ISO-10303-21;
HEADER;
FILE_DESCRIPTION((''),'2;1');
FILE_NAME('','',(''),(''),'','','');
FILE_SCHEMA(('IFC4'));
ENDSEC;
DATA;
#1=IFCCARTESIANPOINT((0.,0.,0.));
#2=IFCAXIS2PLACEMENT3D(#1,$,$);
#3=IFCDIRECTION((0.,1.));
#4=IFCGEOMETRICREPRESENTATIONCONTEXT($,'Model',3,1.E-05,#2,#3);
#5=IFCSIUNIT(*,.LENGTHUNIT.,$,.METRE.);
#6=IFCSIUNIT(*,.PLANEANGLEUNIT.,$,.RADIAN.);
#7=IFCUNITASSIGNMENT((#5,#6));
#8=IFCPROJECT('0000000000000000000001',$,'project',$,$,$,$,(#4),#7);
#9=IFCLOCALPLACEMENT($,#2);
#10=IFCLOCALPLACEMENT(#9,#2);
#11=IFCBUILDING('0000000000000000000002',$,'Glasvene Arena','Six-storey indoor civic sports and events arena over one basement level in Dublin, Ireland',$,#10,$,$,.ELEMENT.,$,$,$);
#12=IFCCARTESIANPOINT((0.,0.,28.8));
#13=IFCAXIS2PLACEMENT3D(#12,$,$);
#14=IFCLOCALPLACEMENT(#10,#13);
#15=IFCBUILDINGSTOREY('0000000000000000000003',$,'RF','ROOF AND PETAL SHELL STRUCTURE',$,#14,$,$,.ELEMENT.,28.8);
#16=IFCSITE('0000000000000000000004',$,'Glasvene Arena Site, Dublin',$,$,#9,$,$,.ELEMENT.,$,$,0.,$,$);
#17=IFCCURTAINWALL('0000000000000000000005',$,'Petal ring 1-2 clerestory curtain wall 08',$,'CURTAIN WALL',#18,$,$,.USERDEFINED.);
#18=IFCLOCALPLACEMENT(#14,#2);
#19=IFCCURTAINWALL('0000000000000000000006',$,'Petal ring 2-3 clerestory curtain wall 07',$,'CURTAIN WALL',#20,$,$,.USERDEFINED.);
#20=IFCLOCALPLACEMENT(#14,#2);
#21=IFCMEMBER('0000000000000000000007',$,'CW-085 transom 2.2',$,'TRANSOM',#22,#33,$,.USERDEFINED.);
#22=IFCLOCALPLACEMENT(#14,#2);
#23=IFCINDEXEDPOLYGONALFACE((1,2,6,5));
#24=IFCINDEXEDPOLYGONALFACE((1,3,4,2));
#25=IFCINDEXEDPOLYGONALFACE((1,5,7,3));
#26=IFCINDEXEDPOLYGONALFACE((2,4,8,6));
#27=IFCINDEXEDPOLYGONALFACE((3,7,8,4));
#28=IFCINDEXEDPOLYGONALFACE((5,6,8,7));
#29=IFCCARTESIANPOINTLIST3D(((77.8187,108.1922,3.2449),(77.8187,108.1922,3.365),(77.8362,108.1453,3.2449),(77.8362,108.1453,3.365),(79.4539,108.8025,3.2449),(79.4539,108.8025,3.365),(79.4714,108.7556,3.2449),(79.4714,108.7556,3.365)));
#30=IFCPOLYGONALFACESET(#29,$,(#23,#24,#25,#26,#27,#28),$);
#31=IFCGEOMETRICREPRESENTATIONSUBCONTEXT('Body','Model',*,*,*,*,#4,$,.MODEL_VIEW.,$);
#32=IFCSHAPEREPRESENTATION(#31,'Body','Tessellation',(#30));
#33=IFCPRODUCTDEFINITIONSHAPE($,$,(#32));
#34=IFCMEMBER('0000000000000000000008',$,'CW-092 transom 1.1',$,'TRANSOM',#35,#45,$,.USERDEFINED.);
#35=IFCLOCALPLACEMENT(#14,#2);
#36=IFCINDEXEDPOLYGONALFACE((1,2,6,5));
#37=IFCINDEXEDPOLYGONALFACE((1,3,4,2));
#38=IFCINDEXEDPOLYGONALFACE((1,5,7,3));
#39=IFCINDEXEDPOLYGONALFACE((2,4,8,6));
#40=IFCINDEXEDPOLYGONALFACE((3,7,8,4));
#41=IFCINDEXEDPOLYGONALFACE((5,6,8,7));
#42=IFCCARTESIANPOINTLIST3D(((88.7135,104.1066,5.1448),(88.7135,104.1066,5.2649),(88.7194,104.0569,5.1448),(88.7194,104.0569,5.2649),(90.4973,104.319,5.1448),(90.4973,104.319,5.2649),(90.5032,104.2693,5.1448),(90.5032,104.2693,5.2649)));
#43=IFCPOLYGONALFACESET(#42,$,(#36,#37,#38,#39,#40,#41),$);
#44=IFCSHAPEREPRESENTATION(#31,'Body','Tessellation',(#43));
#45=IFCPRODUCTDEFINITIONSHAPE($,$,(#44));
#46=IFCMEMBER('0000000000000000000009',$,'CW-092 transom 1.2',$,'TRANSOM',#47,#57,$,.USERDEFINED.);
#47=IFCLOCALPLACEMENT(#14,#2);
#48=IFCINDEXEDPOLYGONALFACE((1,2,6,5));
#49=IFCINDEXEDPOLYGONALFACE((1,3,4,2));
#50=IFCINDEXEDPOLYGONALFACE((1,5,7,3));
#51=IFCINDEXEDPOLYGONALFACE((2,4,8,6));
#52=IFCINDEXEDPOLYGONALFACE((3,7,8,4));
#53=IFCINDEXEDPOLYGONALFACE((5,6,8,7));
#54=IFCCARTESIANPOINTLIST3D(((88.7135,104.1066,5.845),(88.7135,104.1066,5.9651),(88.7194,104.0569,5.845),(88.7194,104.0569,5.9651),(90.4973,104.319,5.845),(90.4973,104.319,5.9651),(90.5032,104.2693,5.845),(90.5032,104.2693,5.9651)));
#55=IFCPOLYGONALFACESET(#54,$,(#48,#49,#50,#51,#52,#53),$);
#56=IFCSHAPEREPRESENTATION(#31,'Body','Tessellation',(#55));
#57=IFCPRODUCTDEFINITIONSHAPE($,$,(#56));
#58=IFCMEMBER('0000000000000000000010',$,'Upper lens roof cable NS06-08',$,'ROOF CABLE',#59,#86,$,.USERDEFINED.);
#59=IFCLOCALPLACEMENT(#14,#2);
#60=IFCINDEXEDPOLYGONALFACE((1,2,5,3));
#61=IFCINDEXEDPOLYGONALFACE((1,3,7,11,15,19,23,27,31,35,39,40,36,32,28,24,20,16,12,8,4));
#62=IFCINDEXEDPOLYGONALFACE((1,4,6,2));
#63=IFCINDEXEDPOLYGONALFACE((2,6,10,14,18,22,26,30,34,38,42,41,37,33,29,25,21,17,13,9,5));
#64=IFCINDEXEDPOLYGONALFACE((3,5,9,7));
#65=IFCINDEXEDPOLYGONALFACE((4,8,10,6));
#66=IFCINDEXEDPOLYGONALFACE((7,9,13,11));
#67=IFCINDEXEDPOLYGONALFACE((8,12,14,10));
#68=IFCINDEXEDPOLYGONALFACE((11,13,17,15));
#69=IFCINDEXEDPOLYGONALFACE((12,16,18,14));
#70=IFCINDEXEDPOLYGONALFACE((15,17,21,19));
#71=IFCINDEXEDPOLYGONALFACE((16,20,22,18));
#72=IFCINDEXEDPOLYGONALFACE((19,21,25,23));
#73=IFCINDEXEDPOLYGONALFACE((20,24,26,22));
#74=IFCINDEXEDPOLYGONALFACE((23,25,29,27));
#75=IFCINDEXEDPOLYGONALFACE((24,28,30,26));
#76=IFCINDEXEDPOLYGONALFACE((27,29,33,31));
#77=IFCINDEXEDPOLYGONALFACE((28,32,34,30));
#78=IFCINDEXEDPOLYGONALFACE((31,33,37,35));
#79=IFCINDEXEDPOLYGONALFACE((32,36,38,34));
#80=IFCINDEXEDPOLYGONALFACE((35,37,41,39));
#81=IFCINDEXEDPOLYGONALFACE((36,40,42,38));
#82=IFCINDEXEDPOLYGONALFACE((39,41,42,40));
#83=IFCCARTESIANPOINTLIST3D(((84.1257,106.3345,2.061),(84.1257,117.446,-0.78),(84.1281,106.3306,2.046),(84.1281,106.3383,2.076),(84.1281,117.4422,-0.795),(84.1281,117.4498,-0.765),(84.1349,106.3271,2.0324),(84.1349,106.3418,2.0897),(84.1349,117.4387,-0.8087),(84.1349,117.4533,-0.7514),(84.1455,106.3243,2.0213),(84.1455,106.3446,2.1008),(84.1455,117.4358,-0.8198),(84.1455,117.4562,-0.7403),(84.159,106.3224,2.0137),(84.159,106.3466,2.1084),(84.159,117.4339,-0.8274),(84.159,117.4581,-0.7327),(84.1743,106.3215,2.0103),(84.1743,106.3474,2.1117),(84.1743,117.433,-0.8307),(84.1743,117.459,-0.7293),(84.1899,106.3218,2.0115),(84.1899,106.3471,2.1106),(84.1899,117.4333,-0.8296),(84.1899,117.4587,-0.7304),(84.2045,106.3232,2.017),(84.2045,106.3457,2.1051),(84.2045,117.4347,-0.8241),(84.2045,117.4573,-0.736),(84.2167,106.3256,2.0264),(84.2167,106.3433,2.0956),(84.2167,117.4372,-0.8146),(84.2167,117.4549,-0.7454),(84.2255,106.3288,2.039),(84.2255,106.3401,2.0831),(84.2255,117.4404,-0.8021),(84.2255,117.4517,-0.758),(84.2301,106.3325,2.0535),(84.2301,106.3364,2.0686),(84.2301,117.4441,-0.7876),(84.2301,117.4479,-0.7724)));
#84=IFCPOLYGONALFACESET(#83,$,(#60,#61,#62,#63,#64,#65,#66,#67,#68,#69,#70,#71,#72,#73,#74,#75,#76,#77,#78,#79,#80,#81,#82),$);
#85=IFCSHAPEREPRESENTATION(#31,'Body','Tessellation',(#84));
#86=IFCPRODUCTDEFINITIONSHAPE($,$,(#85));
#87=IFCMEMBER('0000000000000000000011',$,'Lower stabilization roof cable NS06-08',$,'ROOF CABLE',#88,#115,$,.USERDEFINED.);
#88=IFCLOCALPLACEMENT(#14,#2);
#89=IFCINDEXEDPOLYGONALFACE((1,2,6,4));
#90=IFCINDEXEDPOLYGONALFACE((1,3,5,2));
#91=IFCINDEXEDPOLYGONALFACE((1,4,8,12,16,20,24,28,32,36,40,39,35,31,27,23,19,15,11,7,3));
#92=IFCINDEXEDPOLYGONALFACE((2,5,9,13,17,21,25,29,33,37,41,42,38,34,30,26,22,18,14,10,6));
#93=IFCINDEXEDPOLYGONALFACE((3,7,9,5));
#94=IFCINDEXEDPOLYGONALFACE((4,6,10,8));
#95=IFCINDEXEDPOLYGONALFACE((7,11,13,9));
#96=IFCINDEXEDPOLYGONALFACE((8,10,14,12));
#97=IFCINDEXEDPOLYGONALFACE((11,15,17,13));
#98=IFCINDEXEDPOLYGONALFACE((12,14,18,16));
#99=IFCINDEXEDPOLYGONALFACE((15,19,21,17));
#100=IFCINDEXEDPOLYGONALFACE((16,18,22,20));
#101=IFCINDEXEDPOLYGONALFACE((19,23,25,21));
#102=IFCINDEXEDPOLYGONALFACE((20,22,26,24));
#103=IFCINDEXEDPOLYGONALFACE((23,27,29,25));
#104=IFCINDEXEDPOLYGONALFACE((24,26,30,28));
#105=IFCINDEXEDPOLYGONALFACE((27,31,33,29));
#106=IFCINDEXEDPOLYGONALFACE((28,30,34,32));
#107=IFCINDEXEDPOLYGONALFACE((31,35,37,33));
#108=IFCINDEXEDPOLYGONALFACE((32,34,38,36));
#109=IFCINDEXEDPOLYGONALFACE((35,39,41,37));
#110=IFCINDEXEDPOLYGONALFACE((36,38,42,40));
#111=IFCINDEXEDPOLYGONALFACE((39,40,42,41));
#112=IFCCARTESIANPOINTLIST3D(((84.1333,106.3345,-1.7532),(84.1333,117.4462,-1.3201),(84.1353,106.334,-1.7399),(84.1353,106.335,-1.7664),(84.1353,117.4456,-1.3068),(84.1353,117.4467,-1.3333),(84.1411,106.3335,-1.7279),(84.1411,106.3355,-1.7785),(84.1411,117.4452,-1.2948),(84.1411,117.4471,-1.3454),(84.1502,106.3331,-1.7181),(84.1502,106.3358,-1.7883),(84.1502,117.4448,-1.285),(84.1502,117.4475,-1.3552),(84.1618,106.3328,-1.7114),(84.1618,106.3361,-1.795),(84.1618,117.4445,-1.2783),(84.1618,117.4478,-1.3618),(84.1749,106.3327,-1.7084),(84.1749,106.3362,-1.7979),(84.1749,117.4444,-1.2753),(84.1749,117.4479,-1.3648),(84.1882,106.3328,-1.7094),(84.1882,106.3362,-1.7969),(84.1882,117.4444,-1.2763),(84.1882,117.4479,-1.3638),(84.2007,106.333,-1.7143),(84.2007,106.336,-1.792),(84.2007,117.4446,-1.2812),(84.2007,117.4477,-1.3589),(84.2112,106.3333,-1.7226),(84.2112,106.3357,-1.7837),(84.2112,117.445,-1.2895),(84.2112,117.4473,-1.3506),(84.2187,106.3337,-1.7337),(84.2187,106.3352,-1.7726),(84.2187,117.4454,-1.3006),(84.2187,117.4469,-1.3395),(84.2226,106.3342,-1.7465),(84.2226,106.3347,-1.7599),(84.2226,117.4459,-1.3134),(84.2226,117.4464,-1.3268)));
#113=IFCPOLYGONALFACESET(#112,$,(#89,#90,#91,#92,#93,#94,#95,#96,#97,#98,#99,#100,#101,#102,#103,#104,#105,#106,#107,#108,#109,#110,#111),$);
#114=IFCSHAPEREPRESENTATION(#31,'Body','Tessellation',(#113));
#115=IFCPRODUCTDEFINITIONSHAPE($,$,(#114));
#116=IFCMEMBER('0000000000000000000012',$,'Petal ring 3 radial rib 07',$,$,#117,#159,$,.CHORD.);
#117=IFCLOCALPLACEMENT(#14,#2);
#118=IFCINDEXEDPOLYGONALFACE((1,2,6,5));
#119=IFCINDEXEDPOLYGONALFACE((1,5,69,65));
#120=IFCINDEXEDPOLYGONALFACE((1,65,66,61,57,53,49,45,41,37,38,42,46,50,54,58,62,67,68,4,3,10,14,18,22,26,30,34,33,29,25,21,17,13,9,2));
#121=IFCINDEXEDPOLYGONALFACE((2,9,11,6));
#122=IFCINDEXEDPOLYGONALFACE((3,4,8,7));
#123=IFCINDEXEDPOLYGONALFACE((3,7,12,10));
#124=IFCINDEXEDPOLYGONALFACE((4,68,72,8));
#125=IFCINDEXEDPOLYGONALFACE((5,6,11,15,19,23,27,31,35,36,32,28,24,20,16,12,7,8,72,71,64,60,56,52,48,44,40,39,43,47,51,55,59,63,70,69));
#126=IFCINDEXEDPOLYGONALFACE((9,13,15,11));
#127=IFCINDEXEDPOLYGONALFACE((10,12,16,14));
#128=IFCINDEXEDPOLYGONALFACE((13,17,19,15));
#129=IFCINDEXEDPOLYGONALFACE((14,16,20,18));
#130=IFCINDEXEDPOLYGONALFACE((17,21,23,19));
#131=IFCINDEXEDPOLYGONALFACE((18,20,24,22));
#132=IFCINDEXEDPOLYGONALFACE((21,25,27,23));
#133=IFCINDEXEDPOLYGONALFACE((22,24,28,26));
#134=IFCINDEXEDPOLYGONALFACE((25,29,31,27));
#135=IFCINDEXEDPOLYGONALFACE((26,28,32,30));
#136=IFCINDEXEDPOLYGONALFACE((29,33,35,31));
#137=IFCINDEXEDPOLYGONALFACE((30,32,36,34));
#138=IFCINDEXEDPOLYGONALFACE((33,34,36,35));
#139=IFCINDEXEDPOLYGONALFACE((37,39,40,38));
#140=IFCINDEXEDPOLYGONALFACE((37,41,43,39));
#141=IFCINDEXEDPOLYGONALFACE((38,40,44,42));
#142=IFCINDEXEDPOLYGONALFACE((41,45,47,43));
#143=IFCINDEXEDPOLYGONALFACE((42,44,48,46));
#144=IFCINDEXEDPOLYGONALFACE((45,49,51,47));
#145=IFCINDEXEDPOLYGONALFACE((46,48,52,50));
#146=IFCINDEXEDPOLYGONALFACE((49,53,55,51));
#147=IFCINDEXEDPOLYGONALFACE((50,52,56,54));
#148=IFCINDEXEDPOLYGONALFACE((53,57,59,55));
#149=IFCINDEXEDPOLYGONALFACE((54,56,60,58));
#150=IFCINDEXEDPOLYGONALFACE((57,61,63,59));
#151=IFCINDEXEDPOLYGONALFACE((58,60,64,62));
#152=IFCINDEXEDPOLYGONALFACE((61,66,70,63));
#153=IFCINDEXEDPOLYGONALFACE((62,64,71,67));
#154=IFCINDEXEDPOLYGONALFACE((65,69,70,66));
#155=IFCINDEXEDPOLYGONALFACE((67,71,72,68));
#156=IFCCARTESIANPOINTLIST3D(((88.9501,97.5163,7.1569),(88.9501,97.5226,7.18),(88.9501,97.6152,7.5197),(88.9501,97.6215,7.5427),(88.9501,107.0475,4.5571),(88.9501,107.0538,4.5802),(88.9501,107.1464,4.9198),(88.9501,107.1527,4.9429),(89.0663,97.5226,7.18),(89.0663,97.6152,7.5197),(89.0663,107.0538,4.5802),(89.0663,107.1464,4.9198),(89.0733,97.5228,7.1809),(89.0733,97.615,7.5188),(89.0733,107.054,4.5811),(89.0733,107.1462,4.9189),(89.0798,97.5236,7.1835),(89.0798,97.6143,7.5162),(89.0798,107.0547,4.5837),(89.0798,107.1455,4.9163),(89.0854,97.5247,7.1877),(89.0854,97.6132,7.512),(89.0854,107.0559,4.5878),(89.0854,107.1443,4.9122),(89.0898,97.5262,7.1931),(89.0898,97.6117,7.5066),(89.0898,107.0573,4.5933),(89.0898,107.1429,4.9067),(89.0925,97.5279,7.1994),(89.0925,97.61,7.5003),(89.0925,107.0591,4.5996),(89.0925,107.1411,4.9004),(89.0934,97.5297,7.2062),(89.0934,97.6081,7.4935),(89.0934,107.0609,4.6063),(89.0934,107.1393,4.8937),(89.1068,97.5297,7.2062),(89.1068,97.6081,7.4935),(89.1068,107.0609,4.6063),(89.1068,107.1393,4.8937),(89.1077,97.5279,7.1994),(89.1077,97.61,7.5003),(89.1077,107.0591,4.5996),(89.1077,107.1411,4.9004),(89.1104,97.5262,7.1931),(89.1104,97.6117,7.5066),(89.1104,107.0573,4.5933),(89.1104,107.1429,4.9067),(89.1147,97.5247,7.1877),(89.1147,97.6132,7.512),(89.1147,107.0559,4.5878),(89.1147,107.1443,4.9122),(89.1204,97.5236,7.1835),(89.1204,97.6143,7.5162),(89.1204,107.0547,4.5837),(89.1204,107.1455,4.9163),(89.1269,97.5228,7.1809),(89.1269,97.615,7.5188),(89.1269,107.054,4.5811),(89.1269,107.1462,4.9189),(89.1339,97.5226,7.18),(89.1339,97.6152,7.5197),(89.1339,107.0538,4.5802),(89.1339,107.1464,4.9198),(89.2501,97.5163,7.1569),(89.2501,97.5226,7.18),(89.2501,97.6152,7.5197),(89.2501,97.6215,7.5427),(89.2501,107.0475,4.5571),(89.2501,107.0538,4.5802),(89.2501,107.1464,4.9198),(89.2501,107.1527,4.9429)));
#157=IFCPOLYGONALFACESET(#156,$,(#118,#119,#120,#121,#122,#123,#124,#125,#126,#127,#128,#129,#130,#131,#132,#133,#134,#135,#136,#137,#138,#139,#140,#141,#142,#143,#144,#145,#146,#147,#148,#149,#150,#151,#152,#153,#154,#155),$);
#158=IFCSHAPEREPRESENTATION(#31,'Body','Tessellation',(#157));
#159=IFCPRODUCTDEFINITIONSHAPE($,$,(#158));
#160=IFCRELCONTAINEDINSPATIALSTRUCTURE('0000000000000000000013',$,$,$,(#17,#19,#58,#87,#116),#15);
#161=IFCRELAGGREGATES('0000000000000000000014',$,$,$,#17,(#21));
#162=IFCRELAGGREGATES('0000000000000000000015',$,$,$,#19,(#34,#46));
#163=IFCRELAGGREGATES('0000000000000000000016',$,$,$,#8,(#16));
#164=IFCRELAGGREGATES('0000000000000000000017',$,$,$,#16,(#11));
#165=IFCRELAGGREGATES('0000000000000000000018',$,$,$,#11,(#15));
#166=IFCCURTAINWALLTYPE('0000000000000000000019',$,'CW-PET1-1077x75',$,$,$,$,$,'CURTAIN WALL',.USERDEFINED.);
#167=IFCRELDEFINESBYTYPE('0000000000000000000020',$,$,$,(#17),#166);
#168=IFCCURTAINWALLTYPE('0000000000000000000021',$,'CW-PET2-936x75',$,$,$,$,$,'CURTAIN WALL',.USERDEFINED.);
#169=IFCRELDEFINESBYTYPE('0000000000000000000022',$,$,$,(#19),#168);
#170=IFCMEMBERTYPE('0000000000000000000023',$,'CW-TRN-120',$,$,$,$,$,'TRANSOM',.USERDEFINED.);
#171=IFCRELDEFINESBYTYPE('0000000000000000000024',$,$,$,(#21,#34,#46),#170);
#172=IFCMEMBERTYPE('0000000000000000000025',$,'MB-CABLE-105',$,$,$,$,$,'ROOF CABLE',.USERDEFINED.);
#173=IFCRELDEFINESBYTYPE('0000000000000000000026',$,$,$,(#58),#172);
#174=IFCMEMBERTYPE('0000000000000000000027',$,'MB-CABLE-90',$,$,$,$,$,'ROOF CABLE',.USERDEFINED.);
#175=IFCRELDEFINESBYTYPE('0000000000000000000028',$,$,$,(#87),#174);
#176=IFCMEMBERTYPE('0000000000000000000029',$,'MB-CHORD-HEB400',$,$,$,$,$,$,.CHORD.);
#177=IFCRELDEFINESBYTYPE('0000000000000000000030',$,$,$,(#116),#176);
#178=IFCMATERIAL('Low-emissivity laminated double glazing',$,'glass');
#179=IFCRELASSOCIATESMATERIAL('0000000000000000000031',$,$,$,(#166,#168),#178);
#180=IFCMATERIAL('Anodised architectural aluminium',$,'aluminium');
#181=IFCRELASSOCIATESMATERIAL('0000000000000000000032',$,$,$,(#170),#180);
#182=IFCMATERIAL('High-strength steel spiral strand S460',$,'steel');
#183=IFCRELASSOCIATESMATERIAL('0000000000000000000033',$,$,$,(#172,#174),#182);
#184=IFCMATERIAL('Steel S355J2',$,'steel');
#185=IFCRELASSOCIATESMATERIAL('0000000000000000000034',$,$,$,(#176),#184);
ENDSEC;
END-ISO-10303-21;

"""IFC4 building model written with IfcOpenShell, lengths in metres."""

from ifc_helpers import new_model, si_unit, direction, frame, origin, origin_2d, place, context, subcontext, project, spatial, rectangle, circle, i_section, extrude, material, material_profile, profile_set, type_object, element, aggregate, save


model = new_model("IFC4")

# Units and contexts
model_context = context("Model", 3, precision=1e-05, world=origin(), true_north=direction((0.0, 1.0)))
body_context = subcontext(model_context, "Body", "Model", "MODEL_VIEW")
ifc_project = project(units=[si_unit("LENGTHUNIT", "METRE"), si_unit("PLANEANGLEUNIT", "RADIAN")], contexts=[model_context])

# Site, building, storey
site_placement = place(None, origin())
site = spatial("IfcSite", under=ifc_project, at=site_placement, Name="Glasvene Arena Site, Dublin", CompositionType="ELEMENT", RefElevation=0.0)
building_placement = place(site_placement, origin())
building = spatial("IfcBuilding", under=site, at=building_placement, Name="Glasvene Arena", Description="Six-storey indoor civic sports and events arena over one basement level in Dublin, Ireland", CompositionType="ELEMENT")
storey_placement = place(building_placement, frame((0.0, 0.0, 28.8)))
storey = spatial("IfcBuildingStorey", under=building, at=storey_placement, Name="RF", Description="ROOF AND PETAL SHELL STRUCTURE", CompositionType="ELEMENT", Elevation=28.8)

# Curtain wall
ifc_material_1 = material(Name="Low-emissivity laminated double glazing", Category="glass")
ifc_material_2 = material(Name="Anodised architectural aluminium", Category="aluminium")
curtain_wall_type_1 = type_object("IfcCurtainWallType", Name="CW-PET1-1077x75", ElementType="CURTAIN WALL", PredefinedType="USERDEFINED", material=ifc_material_1)
curtain_wall_1_placement = place(storey_placement, frame((81.1685, 109.4153, 0.0)))
curtain_wall_1 = element("IfcCurtainWall", 1, at=curtain_wall_1_placement, inside=storey, type_object=curtain_wall_type_1, Name="Petal ring 1-2 clerestory curtain wall 08", ObjectType="CURTAIN WALL", PredefinedType="USERDEFINED")

# Shared definitions
curtain_wall_type_2 = type_object("IfcCurtainWallType", Name="CW-PET2-936x75", ElementType="CURTAIN WALL", PredefinedType="USERDEFINED", material=ifc_material_1)

# Curtain wall
curtain_wall_2_placement = place(storey_placement, frame((90.55, 104.3, 0.0)))
curtain_wall_2 = element("IfcCurtainWall", 2, at=curtain_wall_2_placement, inside=storey, type_object=curtain_wall_type_2, Name="Petal ring 2-3 clerestory curtain wall 07", ObjectType="CURTAIN WALL", PredefinedType="USERDEFINED")

# Members
ifc_material_profile_1 = material_profile(ifc_material_2, rectangle(XDim=0.05, YDim=0.1201, at=origin_2d()), Name="ALU TRANSOM 50x120")
ifc_profile_set_1 = profile_set([ifc_material_profile_1], Name="Anodised architectural aluminium")
member_type_1 = type_object("IfcMemberType", Name="CW-TRN-120", ElementType="TRANSOM", PredefinedType="USERDEFINED", material=ifc_profile_set_1)
member_1_placement = place(storey_placement, frame((79.4626, 108.7791, 3.3049), z_axis=(-0.936868, -0.349682, 0.0), x_axis=(0.349682, -0.936868, 0.0)))
member_1 = element("IfcMember", 3, at=member_1_placement, type_object=member_type_1, Name="CW-085 transom 2.2", ObjectType="TRANSOM", PredefinedType="USERDEFINED", context=body_context, shape_type="SweptSolid", body=[
    extrude(rectangle(XDim=0.05, YDim=0.1201, at=origin_2d()), origin(), (0.0, 0.0, 1.0), 1.7454),
])
member_2_placement = place(storey_placement, frame((90.5002, 104.2942, 5.2048), z_axis=(-0.992984, -0.118245, 0.0), x_axis=(0.118245, -0.992984, 0.0)))
member_2 = element("IfcMember", 4, at=member_2_placement, type_object=member_type_1, Name="CW-092 transom 1.1", ObjectType="TRANSOM", PredefinedType="USERDEFINED", context=body_context, shape_type="SweptSolid", body=[
    extrude(rectangle(XDim=0.05, YDim=0.1201, at=origin_2d()), origin(), (0.0, 0.0, 1.0), 1.7964),
])
member_3_placement = place(storey_placement, frame((90.5002, 104.2942, 5.905), z_axis=(-0.992984, -0.118245, 0.0), x_axis=(0.118245, -0.992984, 0.0)))
member_3 = element("IfcMember", 5, at=member_3_placement, type_object=member_type_1, Name="CW-092 transom 1.2", ObjectType="TRANSOM", PredefinedType="USERDEFINED", context=body_context, shape_type="SweptSolid", body=[
    extrude(rectangle(XDim=0.05, YDim=0.1201, at=origin_2d()), origin(), (0.0, 0.0, 1.0), 1.7964),
])

# Members
ifc_material_3 = material(Name="High-strength steel spiral strand S460", Category="steel")
ifc_material_profile_2 = material_profile(ifc_material_3, circle(Radius=0.0525, at=origin_2d()), Name="LCSS D105")
ifc_profile_set_2 = profile_set([ifc_material_profile_2], Name="High-strength steel spiral strand S460")
member_type_2 = type_object("IfcMemberType", Name="MB-CABLE-105", ElementType="ROOF CABLE", PredefinedType="USERDEFINED", material=ifc_profile_set_2)
member_4_placement = place(storey_placement, frame((84.1782, 106.3345, 2.061), z_axis=(0.0, 0.968833, -0.247716), x_axis=(-1.0, 0.0, 0.0)))
element("IfcMember", 6, at=member_4_placement, inside=storey, type_object=member_type_2, Name="Upper lens roof cable NS06-08", ObjectType="ROOF CABLE", PredefinedType="USERDEFINED", context=body_context, shape_type="SweptSolid", body=[
    extrude(circle(Radius=0.0525, at=origin_2d()), origin(), (0.0, 0.0, 1.0), 11.469),
])
ifc_material_profile_3 = material_profile(ifc_material_3, circle(Radius=0.0449, at=origin_2d()), Name="LCSS D90")
ifc_profile_set_3 = profile_set([ifc_material_profile_3], Name="High-strength steel spiral strand S460")
member_type_3 = type_object("IfcMemberType", Name="MB-CABLE-90", ElementType="ROOF CABLE", PredefinedType="USERDEFINED", material=ifc_profile_set_3)
member_5_placement = place(storey_placement, frame((84.1782, 106.3345, -1.7532), z_axis=(0.0, 0.999241, 0.038948), x_axis=(-1.0, 0.0, 0.0)))
element("IfcMember", 7, at=member_5_placement, inside=storey, type_object=member_type_3, Name="Lower stabilization roof cable NS06-08", ObjectType="ROOF CABLE", PredefinedType="USERDEFINED", context=body_context, shape_type="SweptSolid", body=[
    extrude(circle(Radius=0.0449, at=origin_2d()), origin(), (0.0, 0.0, 1.0), 11.1201),
])
ifc_material_4 = material(Name="Steel S355J2", Category="steel")
ifc_material_profile_4 = material_profile(ifc_material_4, i_section(OverallWidth=0.3, OverallDepth=0.3999, WebThickness=0.0134, FlangeThickness=0.0239, FilletRadius=0.0271, at=origin_2d()), Name="HEB 400")
ifc_profile_set_4 = profile_set([ifc_material_profile_4], Name="Steel S355J2")
member_type_4 = type_object("IfcMemberType", Name="MB-CHORD-HEB400", PredefinedType="CHORD", material=ifc_profile_set_4)
member_6_placement = place(storey_placement, frame((89.1001, 107.1001, 4.75), z_axis=(0.0, -0.964753, 0.263157), x_axis=(1.0, 0.0, 0.0)))
element("IfcMember", 8, at=member_6_placement, inside=storey, type_object=member_type_4, Name="Petal ring 3 radial rib 07", PredefinedType="CHORD", context=body_context, shape_type="SweptSolid", body=[
    extrude(i_section(OverallWidth=0.3, OverallDepth=0.3999, WebThickness=0.0134, FlangeThickness=0.0239, FilletRadius=0.0271, at=origin_2d()), origin(), (0.0, 0.0, 1.0), 9.8794),
])

aggregate(curtain_wall_1, [member_1])
aggregate(curtain_wall_2, [member_2, member_3])

save(model, "model.ifc")
